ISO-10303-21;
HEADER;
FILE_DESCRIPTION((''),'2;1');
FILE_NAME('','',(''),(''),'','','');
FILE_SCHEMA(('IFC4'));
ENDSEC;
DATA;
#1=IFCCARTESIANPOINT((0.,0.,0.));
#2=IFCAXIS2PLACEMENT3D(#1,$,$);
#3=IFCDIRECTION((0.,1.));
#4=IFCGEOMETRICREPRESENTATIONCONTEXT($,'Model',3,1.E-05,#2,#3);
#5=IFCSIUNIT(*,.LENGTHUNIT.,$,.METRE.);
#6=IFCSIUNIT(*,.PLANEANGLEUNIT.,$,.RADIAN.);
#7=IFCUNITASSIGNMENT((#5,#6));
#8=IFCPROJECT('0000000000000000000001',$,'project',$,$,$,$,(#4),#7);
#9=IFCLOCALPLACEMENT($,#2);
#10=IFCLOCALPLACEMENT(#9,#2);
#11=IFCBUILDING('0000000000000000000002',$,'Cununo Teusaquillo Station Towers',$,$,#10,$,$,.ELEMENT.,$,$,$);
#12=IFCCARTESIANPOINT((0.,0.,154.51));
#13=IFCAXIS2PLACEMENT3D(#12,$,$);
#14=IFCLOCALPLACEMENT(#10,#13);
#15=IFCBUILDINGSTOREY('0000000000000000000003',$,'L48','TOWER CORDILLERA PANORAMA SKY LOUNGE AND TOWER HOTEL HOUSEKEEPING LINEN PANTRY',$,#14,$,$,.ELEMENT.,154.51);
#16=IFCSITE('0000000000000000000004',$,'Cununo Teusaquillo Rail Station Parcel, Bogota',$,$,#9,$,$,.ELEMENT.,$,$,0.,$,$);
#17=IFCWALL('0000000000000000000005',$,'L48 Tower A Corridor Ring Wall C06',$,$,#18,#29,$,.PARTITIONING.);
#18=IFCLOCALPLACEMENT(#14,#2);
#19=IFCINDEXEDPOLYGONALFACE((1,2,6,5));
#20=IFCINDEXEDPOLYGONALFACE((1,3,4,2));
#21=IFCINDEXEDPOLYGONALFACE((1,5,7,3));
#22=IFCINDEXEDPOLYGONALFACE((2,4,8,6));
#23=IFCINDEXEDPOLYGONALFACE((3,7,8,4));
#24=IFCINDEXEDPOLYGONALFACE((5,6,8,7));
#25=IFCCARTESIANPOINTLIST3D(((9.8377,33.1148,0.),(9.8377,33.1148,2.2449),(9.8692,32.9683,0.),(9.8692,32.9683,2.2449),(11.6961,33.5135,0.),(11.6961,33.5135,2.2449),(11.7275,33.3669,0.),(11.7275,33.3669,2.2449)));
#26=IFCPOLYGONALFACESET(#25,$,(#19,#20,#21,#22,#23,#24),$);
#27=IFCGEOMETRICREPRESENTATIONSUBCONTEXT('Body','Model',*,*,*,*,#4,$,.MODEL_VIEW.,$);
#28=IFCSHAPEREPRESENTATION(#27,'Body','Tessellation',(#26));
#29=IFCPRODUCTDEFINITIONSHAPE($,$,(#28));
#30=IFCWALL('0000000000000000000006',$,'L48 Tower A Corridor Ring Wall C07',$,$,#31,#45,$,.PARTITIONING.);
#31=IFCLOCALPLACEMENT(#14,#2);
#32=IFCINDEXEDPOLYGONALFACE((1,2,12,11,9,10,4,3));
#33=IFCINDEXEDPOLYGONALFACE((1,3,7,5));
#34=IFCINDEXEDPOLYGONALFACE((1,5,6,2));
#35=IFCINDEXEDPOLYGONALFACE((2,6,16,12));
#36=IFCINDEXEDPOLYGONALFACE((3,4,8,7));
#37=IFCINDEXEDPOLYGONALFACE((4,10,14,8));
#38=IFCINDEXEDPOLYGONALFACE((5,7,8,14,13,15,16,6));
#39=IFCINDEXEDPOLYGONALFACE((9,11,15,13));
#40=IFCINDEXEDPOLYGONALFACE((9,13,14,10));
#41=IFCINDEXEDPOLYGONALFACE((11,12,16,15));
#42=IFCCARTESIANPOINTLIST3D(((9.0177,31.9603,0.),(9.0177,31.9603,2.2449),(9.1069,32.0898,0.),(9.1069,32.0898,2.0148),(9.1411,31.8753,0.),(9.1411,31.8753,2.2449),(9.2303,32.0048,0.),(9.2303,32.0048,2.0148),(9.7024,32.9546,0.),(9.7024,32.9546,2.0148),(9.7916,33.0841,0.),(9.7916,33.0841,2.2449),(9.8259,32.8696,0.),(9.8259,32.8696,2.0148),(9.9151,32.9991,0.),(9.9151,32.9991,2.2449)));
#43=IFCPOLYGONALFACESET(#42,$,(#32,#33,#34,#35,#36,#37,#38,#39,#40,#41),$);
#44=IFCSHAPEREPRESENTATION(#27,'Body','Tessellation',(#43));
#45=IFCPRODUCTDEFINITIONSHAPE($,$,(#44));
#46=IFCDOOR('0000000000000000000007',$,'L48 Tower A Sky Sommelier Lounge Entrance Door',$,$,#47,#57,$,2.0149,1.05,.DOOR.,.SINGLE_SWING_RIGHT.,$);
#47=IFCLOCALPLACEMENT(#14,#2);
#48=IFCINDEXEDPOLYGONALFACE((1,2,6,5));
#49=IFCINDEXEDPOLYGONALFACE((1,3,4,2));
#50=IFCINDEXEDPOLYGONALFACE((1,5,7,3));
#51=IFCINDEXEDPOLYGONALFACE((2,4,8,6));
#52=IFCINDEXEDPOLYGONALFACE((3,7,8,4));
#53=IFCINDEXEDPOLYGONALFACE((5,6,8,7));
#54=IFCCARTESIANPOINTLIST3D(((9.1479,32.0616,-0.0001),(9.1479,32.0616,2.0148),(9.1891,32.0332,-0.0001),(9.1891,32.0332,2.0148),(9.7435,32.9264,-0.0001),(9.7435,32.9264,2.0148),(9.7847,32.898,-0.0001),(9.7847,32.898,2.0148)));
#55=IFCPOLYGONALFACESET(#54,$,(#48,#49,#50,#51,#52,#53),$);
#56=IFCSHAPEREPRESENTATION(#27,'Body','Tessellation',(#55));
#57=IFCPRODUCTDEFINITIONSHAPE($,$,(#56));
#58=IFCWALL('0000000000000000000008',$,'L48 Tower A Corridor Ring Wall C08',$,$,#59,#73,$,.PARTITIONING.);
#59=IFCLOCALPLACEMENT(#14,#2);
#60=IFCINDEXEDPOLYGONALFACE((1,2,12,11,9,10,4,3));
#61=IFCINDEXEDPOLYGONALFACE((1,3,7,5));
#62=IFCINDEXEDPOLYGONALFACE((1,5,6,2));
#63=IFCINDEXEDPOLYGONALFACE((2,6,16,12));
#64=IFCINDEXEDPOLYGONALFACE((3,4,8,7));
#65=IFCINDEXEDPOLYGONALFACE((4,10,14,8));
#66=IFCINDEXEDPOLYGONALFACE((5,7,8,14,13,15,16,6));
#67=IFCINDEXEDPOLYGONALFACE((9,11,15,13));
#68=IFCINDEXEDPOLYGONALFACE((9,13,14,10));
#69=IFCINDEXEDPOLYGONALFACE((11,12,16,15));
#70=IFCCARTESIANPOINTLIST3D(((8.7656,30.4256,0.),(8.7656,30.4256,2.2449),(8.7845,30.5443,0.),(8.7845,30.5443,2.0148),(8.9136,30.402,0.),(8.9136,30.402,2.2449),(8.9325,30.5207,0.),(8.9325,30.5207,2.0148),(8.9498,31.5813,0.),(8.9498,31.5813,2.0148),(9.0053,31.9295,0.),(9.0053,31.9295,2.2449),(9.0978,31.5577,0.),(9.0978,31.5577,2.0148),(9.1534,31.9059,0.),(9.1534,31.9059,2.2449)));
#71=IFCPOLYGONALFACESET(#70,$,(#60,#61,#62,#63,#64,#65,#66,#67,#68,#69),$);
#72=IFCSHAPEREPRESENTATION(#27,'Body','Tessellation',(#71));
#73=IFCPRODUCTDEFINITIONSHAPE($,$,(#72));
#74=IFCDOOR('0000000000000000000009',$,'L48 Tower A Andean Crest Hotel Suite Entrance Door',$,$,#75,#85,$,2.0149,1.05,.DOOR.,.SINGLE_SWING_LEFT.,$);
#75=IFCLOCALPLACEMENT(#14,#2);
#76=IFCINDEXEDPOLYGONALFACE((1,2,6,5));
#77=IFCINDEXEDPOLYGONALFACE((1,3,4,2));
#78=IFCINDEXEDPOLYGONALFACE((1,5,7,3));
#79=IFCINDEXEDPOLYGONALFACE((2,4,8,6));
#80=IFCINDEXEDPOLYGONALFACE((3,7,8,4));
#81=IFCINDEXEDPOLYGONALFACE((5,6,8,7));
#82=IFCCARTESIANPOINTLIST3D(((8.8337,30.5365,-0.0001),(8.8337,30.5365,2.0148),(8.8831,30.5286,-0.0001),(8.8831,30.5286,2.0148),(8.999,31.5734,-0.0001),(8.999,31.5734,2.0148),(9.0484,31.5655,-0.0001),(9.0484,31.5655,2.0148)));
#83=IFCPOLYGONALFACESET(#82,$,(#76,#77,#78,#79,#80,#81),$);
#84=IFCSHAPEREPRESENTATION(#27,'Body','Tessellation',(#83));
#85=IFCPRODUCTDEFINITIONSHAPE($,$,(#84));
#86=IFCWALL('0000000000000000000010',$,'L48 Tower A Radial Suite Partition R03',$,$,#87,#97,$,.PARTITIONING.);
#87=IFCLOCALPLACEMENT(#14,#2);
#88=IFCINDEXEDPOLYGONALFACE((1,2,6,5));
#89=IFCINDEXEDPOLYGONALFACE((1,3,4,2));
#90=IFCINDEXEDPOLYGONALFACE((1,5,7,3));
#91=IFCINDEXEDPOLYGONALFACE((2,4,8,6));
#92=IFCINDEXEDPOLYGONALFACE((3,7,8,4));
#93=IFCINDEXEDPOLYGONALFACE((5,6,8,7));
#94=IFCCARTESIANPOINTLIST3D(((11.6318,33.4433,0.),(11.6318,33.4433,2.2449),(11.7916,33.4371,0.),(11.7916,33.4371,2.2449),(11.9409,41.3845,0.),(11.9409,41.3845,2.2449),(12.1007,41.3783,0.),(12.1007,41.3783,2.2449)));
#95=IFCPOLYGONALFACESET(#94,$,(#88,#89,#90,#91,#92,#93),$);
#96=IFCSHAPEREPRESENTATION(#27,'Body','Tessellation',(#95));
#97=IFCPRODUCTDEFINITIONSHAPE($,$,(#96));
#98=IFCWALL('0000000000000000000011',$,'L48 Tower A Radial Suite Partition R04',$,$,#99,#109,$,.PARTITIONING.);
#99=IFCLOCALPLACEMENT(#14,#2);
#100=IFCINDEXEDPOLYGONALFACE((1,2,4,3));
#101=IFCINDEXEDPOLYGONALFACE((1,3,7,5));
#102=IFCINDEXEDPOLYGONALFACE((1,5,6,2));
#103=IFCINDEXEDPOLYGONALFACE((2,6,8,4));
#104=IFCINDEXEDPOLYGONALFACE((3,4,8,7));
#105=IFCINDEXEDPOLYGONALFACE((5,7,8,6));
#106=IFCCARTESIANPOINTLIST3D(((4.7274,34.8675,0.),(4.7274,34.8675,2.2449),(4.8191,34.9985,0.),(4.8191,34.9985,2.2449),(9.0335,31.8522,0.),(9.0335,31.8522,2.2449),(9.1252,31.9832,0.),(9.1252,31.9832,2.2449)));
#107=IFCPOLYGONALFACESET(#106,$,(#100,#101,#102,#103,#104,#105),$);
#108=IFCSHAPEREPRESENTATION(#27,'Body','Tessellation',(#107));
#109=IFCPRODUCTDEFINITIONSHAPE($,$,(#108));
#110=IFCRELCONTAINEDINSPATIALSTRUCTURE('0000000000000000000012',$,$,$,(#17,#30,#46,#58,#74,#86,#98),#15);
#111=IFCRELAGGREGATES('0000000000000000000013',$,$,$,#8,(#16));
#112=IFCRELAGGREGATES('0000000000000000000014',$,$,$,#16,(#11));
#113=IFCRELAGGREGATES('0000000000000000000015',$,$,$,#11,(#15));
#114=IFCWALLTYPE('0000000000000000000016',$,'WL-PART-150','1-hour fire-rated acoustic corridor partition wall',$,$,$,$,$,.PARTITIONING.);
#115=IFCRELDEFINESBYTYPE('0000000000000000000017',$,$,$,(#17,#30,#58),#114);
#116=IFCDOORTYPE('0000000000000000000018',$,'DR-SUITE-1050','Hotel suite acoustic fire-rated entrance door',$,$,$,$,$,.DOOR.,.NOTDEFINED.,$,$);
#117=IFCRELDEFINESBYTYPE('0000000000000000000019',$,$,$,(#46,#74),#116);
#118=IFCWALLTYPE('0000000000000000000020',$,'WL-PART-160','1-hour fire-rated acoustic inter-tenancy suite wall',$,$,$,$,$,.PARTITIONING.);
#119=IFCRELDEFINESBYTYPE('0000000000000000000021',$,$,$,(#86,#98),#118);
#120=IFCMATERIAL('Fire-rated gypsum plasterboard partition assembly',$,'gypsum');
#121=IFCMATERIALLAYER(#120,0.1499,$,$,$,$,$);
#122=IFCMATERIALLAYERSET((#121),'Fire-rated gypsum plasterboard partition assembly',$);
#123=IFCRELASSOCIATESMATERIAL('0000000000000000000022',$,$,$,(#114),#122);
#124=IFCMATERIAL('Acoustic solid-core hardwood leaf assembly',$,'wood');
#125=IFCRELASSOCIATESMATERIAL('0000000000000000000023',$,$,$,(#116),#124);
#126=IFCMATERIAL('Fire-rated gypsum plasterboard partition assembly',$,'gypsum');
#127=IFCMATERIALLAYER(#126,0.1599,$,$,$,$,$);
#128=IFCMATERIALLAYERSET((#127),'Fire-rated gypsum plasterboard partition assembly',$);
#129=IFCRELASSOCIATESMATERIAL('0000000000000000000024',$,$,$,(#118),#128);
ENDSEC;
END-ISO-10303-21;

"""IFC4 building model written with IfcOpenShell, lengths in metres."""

from ifc_helpers import new_model, si_unit, direction, frame, frame_2d, origin, place, context, subcontext, project, spatial, rectangle, extrude, source, transform, mapped, material, layer, layer_set, type_object, element, fill, save


model = new_model("IFC4")

# Units and contexts
model_context = context("Model", 3, precision=1e-05, world=origin(), true_north=direction((0.0, 1.0)))
body_context = subcontext(model_context, "Body", "Model", "MODEL_VIEW")
ifc_project = project(units=[si_unit("LENGTHUNIT", "METRE"), si_unit("PLANEANGLEUNIT", "RADIAN")], contexts=[model_context])

# Site, building, storey
site_placement = place(None, origin())
site = spatial("IfcSite", under=ifc_project, at=site_placement, Name="Cununo Teusaquillo Rail Station Parcel, Bogota", CompositionType="ELEMENT", RefElevation=0.0)
building_placement = place(site_placement, origin())
building = spatial("IfcBuilding", under=site, at=building_placement, Name="Cununo Teusaquillo Station Towers", CompositionType="ELEMENT")
storey_placement = place(building_placement, frame((0.0, 0.0, 154.51)))
storey = spatial("IfcBuildingStorey", under=building, at=storey_placement, Name="L48", Description="TOWER CORDILLERA PANORAMA SKY LOUNGE AND TOWER HOTEL HOUSEKEEPING LINEN PANTRY", CompositionType="ELEMENT", Elevation=154.51)

# Wall
ifc_material_1 = material(Name="Fire-rated gypsum plasterboard partition assembly", Category="gypsum")
ifc_layer_1 = layer(ifc_material_1, 0.1499)
ifc_layer_set_1 = layer_set([ifc_layer_1], Name="Fire-rated gypsum plasterboard partition assembly")
wall_type_1 = type_object("IfcWallType", Name="WL-PART-150", Description="1-hour fire-rated acoustic corridor partition wall", PredefinedType="PARTITIONING", material=ifc_layer_set_1)
wall_1_placement = place(storey_placement, frame((11.7117, 33.4402, 0.0), z_axis=(0.0, 0.0, 1.0), x_axis=(-0.977754, -0.209757, 0.0)))
element("IfcWall", 1, at=wall_1_placement, inside=storey, type_object=wall_type_1, Name="L48 Tower A Corridor Ring Wall C06", PredefinedType="PARTITIONING", context=body_context, shape_type="SweptSolid", body=[
    extrude(rectangle(XDim=1.9006, YDim=0.1499, at=frame_2d((0.9502, 0.0))), origin(), (0.0, 0.0, 1.0), 2.2449),
])

# Walls, openings, doors
wall_2_placement = place(storey_placement, frame((9.8533, 33.0415, 0.0), z_axis=(0.0, 0.0, 1.0), x_axis=(-0.567189, -0.823587, 0.0)))
wall_2 = element("IfcWall", 2, at=wall_2_placement, inside=storey, type_object=wall_type_1, Name="L48 Tower A Corridor Ring Wall C07", PredefinedType="PARTITIONING", context=body_context, shape_type="SweptSolid", body=[
    extrude(rectangle(XDim=1.3645, YDim=0.1499, at=frame_2d((0.6821, 0.0))), origin(), (0.0, 0.0, 1.0), 2.2449),
])
shared_shape_1 = source(origin(), body_context, "Body", "SweptSolid", [
    extrude(rectangle(XDim=1.05, YDim=2.0149, at=frame_2d((0.5249, 1.0073))), frame((0.0, 0.085, 0.0), z_axis=(0.0, -1.0, 0.0), x_axis=(1.0, 0.0, 0.0)), (0.0, 0.0, 1.0), 0.1699),
])
opening_1_placement = place(wall_2_placement, frame((0.1572, 0.0, 0.0)))
opening_1 = element("IfcOpeningElement", 3, at=opening_1_placement, cuts=wall_2, PredefinedType="OPENING", context=body_context, shape_type="MappedRepresentation", body=[
    mapped(shared_shape_1, transform((0.0, 0.0, 0.0), x_axis=(1.0, 0.0, 0.0), y_axis=(0.0, 1.0, 0.0), z_axis=(0.0, 0.0, 1.0), scale=1.0)),
])
ifc_material_2 = material(Name="Acoustic solid-core hardwood leaf assembly", Category="wood")
door_type_1 = type_object("IfcDoorType", Name="DR-SUITE-1050", Description="Hotel suite acoustic fire-rated entrance door", OperationType="NOTDEFINED", PredefinedType="DOOR", material=ifc_material_2)
shared_shape_2 = source(origin(), body_context, "Body", "SweptSolid", [
    extrude(rectangle(XDim=1.05, YDim=2.0149, at=frame_2d((0.5249, 1.0073))), frame((0.0, 0.0249, 0.0), z_axis=(0.0, -1.0, 0.0), x_axis=(1.0, 0.0, 0.0)), (0.0, 0.0, 1.0), 0.05),
])
door_1_placement = place(opening_1_placement, origin())
door_1 = element("IfcDoor", 4, at=door_1_placement, inside=storey, type_object=door_type_1, Name="L48 Tower A Sky Sommelier Lounge Entrance Door", OperationType="SINGLE_SWING_RIGHT", OverallHeight=2.0149, OverallWidth=1.05, PredefinedType="DOOR", context=body_context, shape_type="MappedRepresentation", body=[
    mapped(shared_shape_2, transform((0.0, 0.0, 0.0), x_axis=(1.0, 0.0, 0.0), y_axis=(0.0, 1.0, 0.0), z_axis=(0.0, 0.0, 1.0), scale=1.0)),
])
fill(opening_1, door_1)
wall_3_placement = place(storey_placement, frame((9.0793, 31.9177, 0.0), z_axis=(0.0, 0.0, 1.0), x_axis=(-0.157428, -0.987531, 0.0)))
wall_3 = element("IfcWall", 5, at=wall_3_placement, inside=storey, type_object=wall_type_1, Name="L48 Tower A Corridor Ring Wall C08", PredefinedType="PARTITIONING", context=body_context, shape_type="SweptSolid", body=[
    extrude(rectangle(XDim=1.5229, YDim=0.1499, at=frame_2d((0.7615, 0.0))), origin(), (0.0, 0.0, 1.0), 2.2449),
])
opening_2_placement = place(wall_3_placement, frame((0.3528, 0.0, 0.0)))
opening_2 = element("IfcOpeningElement", 6, at=opening_2_placement, cuts=wall_3, PredefinedType="OPENING", context=body_context, shape_type="MappedRepresentation", body=[
    mapped(shared_shape_1, transform((0.0, 0.0, 0.0), x_axis=(1.0, 0.0, 0.0), y_axis=(0.0, 1.0, 0.0), z_axis=(0.0, 0.0, 1.0), scale=1.0)),
])
door_2_placement = place(opening_2_placement, origin())
door_2 = element("IfcDoor", 7, at=door_2_placement, inside=storey, type_object=door_type_1, Name="L48 Tower A Andean Crest Hotel Suite Entrance Door", OperationType="SINGLE_SWING_LEFT", OverallHeight=2.0149, OverallWidth=1.05, PredefinedType="DOOR", context=body_context, shape_type="MappedRepresentation", body=[
    mapped(shared_shape_2, transform((0.0, 0.0, 0.0), x_axis=(1.0, 0.0, 0.0), y_axis=(0.0, 1.0, 0.0), z_axis=(0.0, 0.0, 1.0), scale=1.0)),
])
fill(opening_2, door_2)

# Walls
ifc_material_3 = material(Name="Fire-rated gypsum plasterboard partition assembly", Category="gypsum")
ifc_layer_2 = layer(ifc_material_3, 0.1599)
ifc_layer_set_2 = layer_set([ifc_layer_2], Name="Fire-rated gypsum plasterboard partition assembly")
wall_type_2 = type_object("IfcWallType", Name="WL-PART-160", Description="1-hour fire-rated acoustic inter-tenancy suite wall", PredefinedType="PARTITIONING", material=ifc_layer_set_2)
wall_4_placement = place(storey_placement, frame((11.7117, 33.4402, 0.0), z_axis=(0.0, 0.0, 1.0), x_axis=(0.038892, 0.999243, 0.0)))
element("IfcWall", 8, at=wall_4_placement, inside=storey, type_object=wall_type_2, Name="L48 Tower A Radial Suite Partition R03", PredefinedType="PARTITIONING", context=body_context, shape_type="SweptSolid", body=[
    extrude(rectangle(XDim=7.9473, YDim=0.1599, at=frame_2d((3.9736, 0.0))), origin(), (0.0, 0.0, 1.0), 2.2449),
])
wall_5_placement = place(storey_placement, frame((9.0793, 31.9177, 0.0), z_axis=(0.0, 0.0, 1.0), x_axis=(-0.819136, 0.573599, 0.0)))
element("IfcWall", 9, at=wall_5_placement, inside=storey, type_object=wall_type_2, Name="L48 Tower A Radial Suite Partition R04", PredefinedType="PARTITIONING", context=body_context, shape_type="SweptSolid", body=[
    extrude(rectangle(XDim=5.2568, YDim=0.1599, at=frame_2d((2.6284, 0.0))), origin(), (0.0, 0.0, 1.0), 2.2449),
])

save(model, "model.ifc")
